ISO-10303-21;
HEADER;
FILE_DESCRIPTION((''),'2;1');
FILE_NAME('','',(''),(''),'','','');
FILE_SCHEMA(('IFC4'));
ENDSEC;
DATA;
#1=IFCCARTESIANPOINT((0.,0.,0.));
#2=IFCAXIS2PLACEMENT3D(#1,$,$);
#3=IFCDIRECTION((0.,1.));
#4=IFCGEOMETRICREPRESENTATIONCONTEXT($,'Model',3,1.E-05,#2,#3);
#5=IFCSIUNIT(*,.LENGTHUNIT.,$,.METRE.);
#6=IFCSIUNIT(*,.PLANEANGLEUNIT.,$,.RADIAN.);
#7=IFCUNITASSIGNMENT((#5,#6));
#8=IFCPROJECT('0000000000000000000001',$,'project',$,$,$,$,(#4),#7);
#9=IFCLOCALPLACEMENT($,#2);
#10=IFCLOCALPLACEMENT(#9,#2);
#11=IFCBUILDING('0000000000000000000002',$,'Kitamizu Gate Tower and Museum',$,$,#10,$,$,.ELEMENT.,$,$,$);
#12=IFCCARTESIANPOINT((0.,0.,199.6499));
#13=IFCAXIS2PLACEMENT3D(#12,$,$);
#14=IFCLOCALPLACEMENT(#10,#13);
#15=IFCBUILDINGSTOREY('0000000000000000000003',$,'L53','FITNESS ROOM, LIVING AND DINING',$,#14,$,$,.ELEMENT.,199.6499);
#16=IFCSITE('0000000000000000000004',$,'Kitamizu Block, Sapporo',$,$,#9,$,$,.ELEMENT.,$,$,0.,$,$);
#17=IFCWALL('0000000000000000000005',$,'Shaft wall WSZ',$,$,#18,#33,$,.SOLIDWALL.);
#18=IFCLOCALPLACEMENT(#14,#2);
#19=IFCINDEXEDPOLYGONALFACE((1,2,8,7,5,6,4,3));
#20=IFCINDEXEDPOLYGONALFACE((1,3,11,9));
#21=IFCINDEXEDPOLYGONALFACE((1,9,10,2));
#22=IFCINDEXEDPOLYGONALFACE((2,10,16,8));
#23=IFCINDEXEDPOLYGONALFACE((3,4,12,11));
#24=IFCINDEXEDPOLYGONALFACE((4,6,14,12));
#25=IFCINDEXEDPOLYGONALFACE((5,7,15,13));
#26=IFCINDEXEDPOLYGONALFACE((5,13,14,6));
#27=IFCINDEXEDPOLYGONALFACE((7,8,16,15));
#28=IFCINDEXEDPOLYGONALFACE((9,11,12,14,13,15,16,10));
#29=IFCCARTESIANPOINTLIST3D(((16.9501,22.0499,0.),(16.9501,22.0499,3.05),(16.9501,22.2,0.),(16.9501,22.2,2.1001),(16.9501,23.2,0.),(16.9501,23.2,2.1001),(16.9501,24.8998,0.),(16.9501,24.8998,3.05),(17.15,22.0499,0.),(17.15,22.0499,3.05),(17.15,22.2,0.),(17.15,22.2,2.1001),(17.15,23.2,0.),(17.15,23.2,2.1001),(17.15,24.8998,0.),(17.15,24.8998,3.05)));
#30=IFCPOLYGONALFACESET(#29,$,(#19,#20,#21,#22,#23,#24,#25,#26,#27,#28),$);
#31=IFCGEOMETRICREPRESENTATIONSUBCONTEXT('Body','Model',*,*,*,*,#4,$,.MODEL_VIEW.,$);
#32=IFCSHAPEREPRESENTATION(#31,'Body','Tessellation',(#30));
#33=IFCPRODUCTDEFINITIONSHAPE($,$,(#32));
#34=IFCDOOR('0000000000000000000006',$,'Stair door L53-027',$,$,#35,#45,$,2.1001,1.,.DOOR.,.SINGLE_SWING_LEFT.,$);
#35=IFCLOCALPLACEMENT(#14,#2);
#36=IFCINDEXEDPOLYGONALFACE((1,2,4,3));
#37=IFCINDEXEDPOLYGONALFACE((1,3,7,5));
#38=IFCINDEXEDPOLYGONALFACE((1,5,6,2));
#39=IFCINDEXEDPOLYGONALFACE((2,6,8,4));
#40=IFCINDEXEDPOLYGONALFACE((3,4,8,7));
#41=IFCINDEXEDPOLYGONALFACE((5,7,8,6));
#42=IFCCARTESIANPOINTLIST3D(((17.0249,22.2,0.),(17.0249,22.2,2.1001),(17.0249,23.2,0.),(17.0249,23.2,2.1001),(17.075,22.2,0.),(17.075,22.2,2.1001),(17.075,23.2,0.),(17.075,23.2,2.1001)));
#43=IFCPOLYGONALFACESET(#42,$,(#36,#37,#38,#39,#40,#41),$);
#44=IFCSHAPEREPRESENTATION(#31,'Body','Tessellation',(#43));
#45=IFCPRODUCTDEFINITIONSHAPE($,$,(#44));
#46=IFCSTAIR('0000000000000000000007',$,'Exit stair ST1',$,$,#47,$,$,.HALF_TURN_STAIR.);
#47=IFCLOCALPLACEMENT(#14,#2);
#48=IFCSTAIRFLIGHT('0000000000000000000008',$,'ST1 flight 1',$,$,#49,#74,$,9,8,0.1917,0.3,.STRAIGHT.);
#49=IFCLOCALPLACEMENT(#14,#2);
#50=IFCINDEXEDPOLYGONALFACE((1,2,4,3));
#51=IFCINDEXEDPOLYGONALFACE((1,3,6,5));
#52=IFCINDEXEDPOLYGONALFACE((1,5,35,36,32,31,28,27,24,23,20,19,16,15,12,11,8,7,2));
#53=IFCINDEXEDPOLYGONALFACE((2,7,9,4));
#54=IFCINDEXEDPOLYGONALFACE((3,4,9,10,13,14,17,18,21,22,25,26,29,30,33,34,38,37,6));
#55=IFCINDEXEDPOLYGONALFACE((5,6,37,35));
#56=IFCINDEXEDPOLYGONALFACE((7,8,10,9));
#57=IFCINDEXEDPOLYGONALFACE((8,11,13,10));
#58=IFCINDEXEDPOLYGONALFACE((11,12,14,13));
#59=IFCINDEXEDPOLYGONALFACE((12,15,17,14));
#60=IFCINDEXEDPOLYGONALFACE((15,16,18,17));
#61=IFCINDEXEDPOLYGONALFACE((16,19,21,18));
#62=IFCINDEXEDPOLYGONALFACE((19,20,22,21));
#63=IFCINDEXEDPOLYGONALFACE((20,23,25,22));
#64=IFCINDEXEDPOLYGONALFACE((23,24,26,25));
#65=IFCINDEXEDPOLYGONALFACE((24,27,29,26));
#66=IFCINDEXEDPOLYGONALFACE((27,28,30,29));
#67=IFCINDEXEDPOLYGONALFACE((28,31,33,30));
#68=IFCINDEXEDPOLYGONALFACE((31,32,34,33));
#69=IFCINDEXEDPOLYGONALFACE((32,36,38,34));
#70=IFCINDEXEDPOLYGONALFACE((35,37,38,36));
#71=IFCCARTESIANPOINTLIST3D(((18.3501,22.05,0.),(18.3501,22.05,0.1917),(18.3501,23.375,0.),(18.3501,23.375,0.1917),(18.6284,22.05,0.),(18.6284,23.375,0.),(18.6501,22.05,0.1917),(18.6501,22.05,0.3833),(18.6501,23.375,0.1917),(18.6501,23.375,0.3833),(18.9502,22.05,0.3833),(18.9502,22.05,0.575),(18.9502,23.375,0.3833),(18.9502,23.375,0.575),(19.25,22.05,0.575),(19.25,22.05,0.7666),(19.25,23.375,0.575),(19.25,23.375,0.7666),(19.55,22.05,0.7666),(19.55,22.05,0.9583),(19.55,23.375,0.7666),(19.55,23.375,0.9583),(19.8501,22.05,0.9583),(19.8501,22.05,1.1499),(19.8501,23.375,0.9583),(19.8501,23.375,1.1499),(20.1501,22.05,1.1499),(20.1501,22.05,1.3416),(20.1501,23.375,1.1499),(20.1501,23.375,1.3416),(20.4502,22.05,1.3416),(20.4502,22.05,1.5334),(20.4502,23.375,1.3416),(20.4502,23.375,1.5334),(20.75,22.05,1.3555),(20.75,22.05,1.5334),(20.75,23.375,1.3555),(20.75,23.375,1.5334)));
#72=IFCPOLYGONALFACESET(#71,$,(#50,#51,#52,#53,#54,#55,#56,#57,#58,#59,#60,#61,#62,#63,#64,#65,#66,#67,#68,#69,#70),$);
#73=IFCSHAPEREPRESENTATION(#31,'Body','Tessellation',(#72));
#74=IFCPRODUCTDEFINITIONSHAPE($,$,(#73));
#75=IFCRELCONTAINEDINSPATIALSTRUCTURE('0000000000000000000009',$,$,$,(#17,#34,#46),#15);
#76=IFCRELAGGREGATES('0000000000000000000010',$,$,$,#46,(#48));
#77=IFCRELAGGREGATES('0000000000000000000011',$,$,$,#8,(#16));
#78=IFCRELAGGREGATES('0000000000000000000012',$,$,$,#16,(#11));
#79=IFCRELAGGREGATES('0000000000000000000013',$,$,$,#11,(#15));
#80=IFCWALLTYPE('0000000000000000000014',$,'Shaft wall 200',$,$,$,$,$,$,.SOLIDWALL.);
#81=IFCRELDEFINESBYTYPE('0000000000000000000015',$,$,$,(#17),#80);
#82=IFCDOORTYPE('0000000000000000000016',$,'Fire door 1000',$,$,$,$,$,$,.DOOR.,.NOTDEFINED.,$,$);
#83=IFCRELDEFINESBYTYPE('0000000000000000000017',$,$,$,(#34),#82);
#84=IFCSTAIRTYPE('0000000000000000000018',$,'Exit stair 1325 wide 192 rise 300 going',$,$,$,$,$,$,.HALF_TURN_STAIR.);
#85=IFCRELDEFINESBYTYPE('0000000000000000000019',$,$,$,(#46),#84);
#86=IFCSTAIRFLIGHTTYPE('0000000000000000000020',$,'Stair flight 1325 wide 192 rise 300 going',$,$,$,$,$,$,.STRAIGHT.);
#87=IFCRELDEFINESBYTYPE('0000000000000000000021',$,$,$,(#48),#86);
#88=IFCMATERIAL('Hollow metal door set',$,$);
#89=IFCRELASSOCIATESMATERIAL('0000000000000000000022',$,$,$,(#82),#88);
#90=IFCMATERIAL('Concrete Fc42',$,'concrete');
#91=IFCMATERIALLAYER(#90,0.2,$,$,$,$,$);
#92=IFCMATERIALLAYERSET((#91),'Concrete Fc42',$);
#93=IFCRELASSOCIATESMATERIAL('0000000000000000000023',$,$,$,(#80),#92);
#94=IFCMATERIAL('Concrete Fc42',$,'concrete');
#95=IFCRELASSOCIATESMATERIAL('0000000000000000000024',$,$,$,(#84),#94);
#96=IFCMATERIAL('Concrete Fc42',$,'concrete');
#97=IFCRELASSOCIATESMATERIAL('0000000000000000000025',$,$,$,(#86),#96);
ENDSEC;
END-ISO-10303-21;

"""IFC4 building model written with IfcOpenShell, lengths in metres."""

from ifc_helpers import new_model, si_unit, direction, frame, frame_2d, origin, place, context, subcontext, project, spatial, polyline, rectangle, outline, extrude, material, layer, layer_set, type_object, element, fill, aggregate, save


model = new_model("IFC4")

# Units and contexts
model_context = context("Model", 3, precision=1e-05, world=origin(), true_north=direction((0.0, 1.0)))
body_context = subcontext(model_context, "Body", "Model", "MODEL_VIEW")
ifc_project = project(units=[si_unit("LENGTHUNIT", "METRE"), si_unit("PLANEANGLEUNIT", "RADIAN")], contexts=[model_context])

# Site, building, storey
site_placement = place(None, origin())
site = spatial("IfcSite", under=ifc_project, at=site_placement, Name="Kitamizu Block, Sapporo", CompositionType="ELEMENT", RefElevation=0.0)
building_placement = place(site_placement, origin())
building = spatial("IfcBuilding", under=site, at=building_placement, Name="Kitamizu Gate Tower and Museum", CompositionType="ELEMENT")
storey_placement = place(building_placement, frame((0.0, 0.0, 199.6499)))
storey = spatial("IfcBuildingStorey", under=building, at=storey_placement, Name="L53", Description="FITNESS ROOM, LIVING AND DINING", CompositionType="ELEMENT", Elevation=199.6499)

# Shared definitions
ifc_material_1 = material(Name="Hollow metal door set")
door_type_1 = type_object("IfcDoorType", Name="Fire door 1000", OperationType="NOTDEFINED", PredefinedType="DOOR", material=ifc_material_1)

# Shared definitions
ifc_material_2 = material(Name="Concrete Fc42", Category="concrete")
ifc_layer_1 = layer(ifc_material_2, 0.2)
ifc_layer_set_1 = layer_set([ifc_layer_1], Name="Concrete Fc42")
wall_type_1 = type_object("IfcWallType", Name="Shaft wall 200", PredefinedType="SOLIDWALL", material=ifc_layer_set_1)

# Wall, opening, door
wall_1_placement = place(storey_placement, frame((17.05, 22.05, 0.0), z_axis=(0.0, 0.0, 1.0), x_axis=(0.0, 1.0, 0.0)))
wall_1 = element("IfcWall", 1, at=wall_1_placement, inside=storey, type_object=wall_type_1, Name="Shaft wall WSZ", PredefinedType="SOLIDWALL", context=body_context, shape_type="SweptSolid", body=[
    extrude(rectangle(XDim=2.8499, YDim=0.2, at=frame_2d((1.4248, 0.0))), origin(), (0.0, 0.0, 1.0), 3.05),
])
opening_1_placement = place(wall_1_placement, frame((0.1499, 0.0, 0.0)))
opening_1 = element("IfcOpeningElement", 2, at=opening_1_placement, cuts=wall_1, PredefinedType="OPENING", context=body_context, shape_type="SweptSolid", body=[
    extrude(rectangle(XDim=1.0, YDim=2.1001, at=frame_2d((0.5, 1.05))), frame((0.0, 0.1099, 0.0), z_axis=(0.0, -1.0, 0.0), x_axis=(1.0, 0.0, 0.0)), (0.0, 0.0, 1.0), 0.22),
])
door_1_placement = place(opening_1_placement, frame((1.0, 0.0, 0.0), x_axis=(-1.0, 0.0, 0.0)))
door_1 = element("IfcDoor", 3, at=door_1_placement, inside=storey, type_object=door_type_1, Name="Stair door L53-027", OperationType="SINGLE_SWING_LEFT", OverallHeight=2.1001, OverallWidth=1.0, PredefinedType="DOOR", context=body_context, shape_type="SweptSolid", body=[
    extrude(rectangle(XDim=1.0, YDim=2.1001, at=frame_2d((0.5, 1.05))), frame((0.0, 0.0249, 0.0), z_axis=(0.0, -1.0, 0.0), x_axis=(1.0, 0.0, 0.0)), (0.0, 0.0, 1.0), 0.05),
])
fill(opening_1, door_1)

# Stair, stair flight
ifc_material_3 = material(Name="Concrete Fc42", Category="concrete")
stair_type = type_object("IfcStairType", Name="Exit stair 1325 wide 192 rise 300 going", PredefinedType="HALF_TURN_STAIR", material=ifc_material_3)
stair_placement = place(storey_placement, origin())
stair = element("IfcStair", 4, at=stair_placement, inside=storey, type_object=stair_type, Name="Exit stair ST1", PredefinedType="HALF_TURN_STAIR")
ifc_material_4 = material(Name="Concrete Fc42", Category="concrete")
stair_flight_type = type_object("IfcStairFlightType", Name="Stair flight 1325 wide 192 rise 300 going", PredefinedType="STRAIGHT", material=ifc_material_4)
stair_flight_placement = place(storey_placement, frame((18.3501, 22.7124, 0.0), z_axis=(0.0, 0.0, 1.0), x_axis=(1.0, 0.0, 0.0)))
stair_flight = element("IfcStairFlight", 5, at=stair_flight_placement, type_object=stair_flight_type, Name="ST1 flight 1", NumberOfRisers=9, NumberOfTreads=8, PredefinedType="STRAIGHT", RiserHeight=0.1917, TreadLength=0.3, context=body_context, shape_type="SweptSolid", body=[
    extrude(outline(polyline([(0.0, 0.0), (0.0, 0.1917), (0.3, 0.1917), (0.3, 0.3833), (0.6001, 0.3833), (0.6001, 0.575), (0.8999, 0.575), (0.8999, 0.7666), (1.2, 0.7666), (1.2, 0.9583), (1.5, 0.9583), (1.5, 1.1499), (1.8, 1.1499), (1.8, 1.3416), (2.1001, 1.3416), (2.1001, 1.5334), (2.3999, 1.5334), (2.3999, 1.7251), (2.3999, 1.3555), (0.2783, 0.0), (0.0, 0.0)])), frame((0.0, 0.6626, 0.0), z_axis=(0.0, -1.0, 0.0), x_axis=(1.0, 0.0, 0.0)), (0.0, 0.0, 1.0), 1.325),
])
aggregate(stair, [stair_flight])

save(model, "model.ifc")
